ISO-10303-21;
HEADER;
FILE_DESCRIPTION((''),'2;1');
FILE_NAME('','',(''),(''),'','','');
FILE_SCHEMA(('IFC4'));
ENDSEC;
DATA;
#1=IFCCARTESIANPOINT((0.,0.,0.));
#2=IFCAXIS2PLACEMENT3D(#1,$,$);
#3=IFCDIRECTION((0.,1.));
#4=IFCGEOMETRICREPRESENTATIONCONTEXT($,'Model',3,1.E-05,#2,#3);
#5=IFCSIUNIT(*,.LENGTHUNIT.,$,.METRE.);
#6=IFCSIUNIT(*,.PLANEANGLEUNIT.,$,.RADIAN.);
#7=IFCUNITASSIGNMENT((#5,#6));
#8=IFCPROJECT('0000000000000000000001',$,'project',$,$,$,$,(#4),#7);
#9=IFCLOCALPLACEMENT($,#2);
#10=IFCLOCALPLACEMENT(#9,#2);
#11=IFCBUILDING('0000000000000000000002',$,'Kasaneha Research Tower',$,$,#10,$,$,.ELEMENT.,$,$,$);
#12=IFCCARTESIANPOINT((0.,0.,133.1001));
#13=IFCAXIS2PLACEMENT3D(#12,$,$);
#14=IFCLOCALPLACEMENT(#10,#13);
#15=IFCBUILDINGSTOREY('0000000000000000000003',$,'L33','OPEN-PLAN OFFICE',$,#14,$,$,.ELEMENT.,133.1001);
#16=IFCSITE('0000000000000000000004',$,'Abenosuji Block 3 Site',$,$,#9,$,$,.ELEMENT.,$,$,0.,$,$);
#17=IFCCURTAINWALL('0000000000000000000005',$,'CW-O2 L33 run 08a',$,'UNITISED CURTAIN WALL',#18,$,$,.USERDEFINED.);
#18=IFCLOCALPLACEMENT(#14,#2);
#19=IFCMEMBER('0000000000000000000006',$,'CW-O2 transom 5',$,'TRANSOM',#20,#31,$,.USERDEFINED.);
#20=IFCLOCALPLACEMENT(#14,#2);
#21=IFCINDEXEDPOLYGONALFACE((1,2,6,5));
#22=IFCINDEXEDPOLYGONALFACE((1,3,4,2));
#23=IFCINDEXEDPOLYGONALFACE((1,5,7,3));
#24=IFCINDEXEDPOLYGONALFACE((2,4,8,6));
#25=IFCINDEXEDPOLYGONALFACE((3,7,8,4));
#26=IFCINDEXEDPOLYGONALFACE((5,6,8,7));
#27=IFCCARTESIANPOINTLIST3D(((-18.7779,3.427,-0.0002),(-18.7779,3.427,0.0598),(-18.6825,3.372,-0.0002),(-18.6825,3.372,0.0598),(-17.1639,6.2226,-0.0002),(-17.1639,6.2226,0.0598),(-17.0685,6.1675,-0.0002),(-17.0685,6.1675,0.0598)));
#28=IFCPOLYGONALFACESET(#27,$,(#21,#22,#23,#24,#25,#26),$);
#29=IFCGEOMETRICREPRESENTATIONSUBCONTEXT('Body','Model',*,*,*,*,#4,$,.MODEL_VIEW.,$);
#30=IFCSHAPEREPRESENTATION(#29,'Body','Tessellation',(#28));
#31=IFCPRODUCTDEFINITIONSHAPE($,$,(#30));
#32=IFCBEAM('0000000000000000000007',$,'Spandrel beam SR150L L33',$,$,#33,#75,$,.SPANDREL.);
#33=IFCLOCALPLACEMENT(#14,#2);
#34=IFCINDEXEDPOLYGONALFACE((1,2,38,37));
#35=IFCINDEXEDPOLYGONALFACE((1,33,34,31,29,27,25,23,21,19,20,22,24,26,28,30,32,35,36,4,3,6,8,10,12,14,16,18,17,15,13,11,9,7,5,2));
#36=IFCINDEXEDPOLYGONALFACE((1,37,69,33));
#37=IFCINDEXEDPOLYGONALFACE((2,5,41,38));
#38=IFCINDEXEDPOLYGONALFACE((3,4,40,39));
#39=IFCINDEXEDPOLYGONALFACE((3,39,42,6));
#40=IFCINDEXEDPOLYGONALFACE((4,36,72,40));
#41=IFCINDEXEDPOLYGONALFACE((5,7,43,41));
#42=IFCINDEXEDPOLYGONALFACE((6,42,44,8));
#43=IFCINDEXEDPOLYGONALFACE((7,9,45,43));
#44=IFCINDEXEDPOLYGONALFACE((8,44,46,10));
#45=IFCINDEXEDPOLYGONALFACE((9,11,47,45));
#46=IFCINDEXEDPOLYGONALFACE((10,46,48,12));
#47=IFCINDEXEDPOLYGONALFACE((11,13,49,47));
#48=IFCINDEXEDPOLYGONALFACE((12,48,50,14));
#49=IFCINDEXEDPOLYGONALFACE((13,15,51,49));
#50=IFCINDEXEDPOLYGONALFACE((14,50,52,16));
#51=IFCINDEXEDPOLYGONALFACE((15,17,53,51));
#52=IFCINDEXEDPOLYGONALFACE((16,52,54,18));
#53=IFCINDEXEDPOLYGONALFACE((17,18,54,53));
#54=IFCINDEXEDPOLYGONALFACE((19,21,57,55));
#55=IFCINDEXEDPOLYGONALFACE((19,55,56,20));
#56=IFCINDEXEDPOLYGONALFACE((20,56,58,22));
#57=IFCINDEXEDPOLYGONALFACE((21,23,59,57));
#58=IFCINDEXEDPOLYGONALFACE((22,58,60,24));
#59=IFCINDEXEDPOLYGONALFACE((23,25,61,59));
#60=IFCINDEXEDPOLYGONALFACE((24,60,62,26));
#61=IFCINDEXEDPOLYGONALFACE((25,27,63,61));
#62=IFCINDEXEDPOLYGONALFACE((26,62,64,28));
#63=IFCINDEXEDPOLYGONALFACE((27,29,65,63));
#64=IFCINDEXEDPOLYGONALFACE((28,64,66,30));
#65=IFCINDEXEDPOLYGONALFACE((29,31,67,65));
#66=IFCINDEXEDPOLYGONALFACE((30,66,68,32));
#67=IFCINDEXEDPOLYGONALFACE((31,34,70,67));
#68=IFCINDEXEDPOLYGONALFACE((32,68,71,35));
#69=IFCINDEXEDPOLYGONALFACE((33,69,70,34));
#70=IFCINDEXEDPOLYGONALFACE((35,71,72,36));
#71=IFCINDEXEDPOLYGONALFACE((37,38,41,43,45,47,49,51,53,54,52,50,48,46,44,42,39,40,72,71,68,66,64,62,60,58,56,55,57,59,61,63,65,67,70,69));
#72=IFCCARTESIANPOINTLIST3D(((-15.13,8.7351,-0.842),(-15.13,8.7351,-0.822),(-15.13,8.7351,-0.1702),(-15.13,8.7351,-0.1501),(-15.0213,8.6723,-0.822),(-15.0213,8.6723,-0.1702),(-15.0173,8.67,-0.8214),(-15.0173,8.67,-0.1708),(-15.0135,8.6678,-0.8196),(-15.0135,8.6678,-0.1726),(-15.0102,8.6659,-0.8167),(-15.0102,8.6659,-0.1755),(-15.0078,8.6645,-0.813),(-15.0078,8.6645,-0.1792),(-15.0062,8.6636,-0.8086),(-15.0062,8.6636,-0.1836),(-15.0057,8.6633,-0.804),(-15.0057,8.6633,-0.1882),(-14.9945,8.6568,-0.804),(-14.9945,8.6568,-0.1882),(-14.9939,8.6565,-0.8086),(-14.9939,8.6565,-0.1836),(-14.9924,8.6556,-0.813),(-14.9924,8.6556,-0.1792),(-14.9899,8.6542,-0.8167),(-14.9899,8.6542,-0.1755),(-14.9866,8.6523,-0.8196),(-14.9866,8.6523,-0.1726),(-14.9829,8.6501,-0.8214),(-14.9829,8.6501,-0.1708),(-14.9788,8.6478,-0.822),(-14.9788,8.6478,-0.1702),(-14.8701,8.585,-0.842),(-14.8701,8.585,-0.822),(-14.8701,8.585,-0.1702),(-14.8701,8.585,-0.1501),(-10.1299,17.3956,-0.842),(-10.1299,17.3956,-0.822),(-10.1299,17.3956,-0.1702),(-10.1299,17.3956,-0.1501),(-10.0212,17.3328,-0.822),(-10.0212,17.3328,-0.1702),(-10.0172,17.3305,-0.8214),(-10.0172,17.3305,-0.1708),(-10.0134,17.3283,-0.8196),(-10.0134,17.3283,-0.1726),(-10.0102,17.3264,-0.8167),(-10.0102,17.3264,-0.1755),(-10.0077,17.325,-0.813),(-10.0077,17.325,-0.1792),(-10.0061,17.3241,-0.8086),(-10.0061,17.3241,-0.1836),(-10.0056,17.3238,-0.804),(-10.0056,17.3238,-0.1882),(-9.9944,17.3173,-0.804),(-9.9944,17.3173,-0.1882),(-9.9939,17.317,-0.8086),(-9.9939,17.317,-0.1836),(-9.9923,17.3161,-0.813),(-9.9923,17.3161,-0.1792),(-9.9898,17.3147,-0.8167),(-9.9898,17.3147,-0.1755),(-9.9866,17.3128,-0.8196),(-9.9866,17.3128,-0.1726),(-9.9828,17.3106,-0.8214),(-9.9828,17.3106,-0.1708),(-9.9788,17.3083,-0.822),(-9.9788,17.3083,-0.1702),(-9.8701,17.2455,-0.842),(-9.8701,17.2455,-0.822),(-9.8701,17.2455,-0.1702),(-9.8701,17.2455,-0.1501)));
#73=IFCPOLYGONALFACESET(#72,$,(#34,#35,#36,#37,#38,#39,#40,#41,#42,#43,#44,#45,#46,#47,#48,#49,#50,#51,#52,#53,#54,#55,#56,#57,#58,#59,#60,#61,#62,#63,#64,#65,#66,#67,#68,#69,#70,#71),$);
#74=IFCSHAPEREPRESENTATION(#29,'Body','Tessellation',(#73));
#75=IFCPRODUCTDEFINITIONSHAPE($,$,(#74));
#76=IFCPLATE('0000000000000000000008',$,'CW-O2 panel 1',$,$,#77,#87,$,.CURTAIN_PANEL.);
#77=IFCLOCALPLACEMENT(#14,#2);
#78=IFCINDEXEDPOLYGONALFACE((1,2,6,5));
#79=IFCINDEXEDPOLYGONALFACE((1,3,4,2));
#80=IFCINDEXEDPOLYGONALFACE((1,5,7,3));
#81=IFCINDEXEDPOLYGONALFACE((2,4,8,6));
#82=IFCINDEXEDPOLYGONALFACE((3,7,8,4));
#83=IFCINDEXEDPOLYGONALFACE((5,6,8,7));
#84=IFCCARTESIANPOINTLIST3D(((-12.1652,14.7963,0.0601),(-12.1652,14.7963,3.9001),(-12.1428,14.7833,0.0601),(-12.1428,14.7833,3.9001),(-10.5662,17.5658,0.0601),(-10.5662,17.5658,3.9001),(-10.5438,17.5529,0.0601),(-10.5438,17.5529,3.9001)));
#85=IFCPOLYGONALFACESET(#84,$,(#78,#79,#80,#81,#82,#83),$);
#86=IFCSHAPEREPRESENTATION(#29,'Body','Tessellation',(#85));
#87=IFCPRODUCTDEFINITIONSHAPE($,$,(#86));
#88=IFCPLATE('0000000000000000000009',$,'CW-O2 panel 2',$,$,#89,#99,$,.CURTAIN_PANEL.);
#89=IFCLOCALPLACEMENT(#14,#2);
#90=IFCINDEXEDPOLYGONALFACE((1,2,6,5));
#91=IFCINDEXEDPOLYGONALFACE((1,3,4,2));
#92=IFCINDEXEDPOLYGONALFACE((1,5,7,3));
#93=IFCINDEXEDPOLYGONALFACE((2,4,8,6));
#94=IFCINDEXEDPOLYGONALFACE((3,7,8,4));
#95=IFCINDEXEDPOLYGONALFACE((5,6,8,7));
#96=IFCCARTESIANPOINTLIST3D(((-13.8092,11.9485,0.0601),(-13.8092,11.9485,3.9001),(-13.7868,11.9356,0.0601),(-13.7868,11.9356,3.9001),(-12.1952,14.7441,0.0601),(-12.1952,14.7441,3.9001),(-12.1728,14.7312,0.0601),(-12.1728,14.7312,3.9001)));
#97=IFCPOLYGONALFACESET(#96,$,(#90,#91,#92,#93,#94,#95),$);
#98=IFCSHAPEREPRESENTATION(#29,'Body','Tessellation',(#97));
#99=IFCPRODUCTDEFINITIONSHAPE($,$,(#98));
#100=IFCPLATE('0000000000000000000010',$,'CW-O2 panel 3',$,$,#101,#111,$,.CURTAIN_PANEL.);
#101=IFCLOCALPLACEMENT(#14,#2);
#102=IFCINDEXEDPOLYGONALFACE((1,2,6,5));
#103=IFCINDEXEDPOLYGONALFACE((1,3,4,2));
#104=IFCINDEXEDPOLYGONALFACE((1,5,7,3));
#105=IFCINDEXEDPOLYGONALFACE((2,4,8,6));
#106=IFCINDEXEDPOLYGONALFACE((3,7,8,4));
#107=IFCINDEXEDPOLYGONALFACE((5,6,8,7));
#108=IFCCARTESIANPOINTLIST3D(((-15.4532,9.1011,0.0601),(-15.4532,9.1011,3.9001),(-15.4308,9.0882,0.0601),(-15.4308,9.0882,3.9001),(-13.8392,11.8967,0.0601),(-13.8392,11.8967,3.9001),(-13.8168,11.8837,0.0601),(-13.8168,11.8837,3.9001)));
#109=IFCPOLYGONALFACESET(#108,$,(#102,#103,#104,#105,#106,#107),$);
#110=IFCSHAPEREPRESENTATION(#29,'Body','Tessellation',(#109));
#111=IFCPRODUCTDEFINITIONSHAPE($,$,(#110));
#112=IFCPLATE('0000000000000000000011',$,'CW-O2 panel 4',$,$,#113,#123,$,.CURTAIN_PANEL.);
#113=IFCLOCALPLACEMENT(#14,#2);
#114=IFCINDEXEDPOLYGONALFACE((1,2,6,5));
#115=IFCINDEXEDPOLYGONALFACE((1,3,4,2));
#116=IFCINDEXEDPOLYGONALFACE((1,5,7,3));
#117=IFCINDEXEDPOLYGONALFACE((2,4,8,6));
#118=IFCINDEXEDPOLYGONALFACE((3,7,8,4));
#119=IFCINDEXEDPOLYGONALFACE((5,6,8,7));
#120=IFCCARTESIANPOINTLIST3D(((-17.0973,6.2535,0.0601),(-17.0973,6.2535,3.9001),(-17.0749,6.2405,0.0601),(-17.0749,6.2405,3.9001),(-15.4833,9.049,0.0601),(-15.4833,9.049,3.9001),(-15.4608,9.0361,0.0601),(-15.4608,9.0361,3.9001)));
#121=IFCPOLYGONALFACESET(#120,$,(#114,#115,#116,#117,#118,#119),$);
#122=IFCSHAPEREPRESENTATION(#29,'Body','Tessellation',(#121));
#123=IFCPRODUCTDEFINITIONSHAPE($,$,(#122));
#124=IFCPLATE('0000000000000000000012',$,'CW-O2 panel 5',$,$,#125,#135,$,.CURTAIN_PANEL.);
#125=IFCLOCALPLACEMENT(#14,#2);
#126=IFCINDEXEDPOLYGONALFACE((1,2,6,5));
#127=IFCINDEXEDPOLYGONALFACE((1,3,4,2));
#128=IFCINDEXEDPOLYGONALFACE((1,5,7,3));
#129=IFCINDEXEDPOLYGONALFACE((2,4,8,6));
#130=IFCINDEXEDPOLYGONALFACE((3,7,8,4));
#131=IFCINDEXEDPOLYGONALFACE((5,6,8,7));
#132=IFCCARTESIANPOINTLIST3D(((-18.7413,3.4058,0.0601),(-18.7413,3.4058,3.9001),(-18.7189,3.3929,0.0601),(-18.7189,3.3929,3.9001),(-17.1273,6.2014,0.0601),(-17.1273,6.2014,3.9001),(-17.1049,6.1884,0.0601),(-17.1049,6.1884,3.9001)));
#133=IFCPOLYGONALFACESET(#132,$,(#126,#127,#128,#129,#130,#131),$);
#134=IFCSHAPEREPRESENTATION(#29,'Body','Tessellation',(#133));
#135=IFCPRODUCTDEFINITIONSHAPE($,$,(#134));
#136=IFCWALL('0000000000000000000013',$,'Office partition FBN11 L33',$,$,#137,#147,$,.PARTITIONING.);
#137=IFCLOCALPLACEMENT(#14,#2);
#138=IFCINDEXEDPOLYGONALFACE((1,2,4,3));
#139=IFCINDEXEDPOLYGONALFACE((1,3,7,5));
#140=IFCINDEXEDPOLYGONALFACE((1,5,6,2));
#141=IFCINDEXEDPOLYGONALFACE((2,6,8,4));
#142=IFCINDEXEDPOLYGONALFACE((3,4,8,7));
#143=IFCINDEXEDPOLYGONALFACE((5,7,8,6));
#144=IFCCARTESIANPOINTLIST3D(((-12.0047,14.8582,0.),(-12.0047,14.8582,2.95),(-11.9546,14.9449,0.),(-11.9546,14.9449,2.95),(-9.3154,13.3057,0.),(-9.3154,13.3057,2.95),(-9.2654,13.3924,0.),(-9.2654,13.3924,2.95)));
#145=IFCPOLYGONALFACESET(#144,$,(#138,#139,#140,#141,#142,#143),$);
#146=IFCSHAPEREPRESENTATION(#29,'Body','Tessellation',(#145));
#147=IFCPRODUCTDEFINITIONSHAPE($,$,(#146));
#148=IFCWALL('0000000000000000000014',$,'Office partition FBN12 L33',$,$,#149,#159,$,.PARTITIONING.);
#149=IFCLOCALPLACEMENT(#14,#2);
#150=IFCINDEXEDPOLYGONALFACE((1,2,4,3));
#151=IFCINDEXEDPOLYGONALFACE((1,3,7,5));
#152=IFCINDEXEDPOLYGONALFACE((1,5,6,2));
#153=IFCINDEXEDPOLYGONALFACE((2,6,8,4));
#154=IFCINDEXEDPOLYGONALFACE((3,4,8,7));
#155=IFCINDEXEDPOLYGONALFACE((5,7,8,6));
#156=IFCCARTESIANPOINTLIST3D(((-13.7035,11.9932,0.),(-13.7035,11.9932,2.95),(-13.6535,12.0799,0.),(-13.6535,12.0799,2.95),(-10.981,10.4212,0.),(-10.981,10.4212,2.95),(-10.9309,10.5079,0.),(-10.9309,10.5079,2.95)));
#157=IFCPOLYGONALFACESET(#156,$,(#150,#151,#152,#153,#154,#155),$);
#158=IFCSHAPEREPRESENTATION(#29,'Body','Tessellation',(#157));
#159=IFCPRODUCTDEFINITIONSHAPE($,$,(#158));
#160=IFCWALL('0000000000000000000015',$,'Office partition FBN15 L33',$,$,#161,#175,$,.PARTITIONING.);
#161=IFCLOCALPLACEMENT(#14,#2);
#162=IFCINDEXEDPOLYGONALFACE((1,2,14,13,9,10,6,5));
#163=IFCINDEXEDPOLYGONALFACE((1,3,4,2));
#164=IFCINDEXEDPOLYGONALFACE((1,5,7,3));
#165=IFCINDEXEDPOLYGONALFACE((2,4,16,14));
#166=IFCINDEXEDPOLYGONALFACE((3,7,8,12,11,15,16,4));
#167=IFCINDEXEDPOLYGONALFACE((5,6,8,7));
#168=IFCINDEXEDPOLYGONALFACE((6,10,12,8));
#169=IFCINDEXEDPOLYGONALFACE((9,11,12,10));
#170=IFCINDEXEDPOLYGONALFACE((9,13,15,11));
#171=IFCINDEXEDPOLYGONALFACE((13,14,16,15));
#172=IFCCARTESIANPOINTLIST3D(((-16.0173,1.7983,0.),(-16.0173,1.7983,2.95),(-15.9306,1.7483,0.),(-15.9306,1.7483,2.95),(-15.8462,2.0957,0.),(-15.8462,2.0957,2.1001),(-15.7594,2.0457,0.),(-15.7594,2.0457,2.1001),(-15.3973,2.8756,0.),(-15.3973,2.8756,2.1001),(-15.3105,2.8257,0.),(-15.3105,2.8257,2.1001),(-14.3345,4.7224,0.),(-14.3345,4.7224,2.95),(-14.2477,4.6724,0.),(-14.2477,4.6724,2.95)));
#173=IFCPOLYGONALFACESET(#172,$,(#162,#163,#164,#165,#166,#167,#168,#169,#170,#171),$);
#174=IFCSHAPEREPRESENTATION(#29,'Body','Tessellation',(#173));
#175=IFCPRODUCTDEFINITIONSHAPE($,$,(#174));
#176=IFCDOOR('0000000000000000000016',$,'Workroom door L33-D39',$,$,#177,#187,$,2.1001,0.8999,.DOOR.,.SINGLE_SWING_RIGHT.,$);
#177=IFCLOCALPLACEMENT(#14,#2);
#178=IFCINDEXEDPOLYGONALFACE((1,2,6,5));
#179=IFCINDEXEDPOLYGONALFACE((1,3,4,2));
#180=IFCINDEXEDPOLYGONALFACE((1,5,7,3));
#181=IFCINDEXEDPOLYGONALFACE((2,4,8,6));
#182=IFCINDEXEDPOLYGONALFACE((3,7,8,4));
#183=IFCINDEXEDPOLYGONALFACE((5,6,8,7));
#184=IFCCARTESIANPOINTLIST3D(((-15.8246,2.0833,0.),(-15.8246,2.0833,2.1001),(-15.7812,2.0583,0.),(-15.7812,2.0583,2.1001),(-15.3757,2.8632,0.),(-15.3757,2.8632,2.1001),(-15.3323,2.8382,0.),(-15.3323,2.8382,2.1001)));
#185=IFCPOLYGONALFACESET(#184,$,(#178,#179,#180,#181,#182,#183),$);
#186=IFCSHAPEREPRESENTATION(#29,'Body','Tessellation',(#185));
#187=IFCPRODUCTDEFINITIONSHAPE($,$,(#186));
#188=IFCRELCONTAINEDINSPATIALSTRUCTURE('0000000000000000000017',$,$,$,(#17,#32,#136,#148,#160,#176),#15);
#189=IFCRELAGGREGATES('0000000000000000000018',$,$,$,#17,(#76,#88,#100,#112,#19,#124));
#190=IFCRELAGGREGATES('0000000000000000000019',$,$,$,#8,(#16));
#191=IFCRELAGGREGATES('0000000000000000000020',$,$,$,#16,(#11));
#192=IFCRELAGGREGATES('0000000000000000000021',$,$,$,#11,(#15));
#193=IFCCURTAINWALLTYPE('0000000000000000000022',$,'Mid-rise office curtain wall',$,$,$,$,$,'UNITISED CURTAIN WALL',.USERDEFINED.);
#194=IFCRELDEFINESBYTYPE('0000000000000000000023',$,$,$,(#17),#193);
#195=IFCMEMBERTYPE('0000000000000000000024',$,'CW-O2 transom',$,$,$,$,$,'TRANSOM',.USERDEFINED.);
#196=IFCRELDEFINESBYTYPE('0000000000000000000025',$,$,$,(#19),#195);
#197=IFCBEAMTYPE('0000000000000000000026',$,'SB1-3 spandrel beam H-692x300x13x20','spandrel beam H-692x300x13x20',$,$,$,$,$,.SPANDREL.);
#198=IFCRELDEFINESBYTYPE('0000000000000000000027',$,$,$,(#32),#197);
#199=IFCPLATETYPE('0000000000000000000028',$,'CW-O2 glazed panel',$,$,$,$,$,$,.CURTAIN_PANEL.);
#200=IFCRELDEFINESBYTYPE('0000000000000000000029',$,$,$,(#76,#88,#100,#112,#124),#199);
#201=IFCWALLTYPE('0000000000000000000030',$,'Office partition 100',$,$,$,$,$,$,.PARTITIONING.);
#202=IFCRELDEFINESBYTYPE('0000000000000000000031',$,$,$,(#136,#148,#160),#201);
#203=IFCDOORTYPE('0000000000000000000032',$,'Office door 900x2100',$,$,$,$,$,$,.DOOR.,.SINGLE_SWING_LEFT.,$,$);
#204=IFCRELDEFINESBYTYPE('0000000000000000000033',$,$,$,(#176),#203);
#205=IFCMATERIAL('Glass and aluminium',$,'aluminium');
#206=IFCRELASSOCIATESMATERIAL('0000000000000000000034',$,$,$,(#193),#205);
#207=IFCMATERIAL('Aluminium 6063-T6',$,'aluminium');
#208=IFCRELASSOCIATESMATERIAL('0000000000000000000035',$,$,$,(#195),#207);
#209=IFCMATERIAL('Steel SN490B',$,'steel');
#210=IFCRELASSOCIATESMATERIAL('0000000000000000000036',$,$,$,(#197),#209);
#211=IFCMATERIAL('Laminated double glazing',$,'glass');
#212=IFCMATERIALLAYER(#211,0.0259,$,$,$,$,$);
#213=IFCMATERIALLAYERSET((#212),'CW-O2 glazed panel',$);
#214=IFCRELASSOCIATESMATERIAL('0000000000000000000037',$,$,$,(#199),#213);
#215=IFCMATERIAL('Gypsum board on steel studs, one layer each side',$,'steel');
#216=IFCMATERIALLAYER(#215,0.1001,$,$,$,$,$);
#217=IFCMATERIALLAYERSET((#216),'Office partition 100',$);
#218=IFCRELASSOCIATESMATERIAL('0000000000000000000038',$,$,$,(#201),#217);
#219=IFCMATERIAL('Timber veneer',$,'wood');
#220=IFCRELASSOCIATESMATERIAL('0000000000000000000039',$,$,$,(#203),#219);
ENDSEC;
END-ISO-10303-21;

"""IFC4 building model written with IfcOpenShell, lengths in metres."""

from ifc_helpers import new_model, si_unit, direction, frame, frame_2d, origin, origin_2d, place, context, subcontext, project, spatial, rectangle, i_section, extrude, material, layer, layer_set, material_profile, profile_set, type_object, element, fill, aggregate, save


model = new_model("IFC4")

# Units and contexts
model_context = context("Model", 3, precision=1e-05, world=origin(), true_north=direction((0.0, 1.0)))
body_context = subcontext(model_context, "Body", "Model", "MODEL_VIEW")
ifc_project = project(units=[si_unit("LENGTHUNIT", "METRE"), si_unit("PLANEANGLEUNIT", "RADIAN")], contexts=[model_context])

# Site, building, storey
site_placement = place(None, origin())
site = spatial("IfcSite", under=ifc_project, at=site_placement, Name="Abenosuji Block 3 Site", CompositionType="ELEMENT", RefElevation=0.0)
building_placement = place(site_placement, origin())
building = spatial("IfcBuilding", under=site, at=building_placement, Name="Kasaneha Research Tower", CompositionType="ELEMENT")
storey_placement = place(building_placement, frame((0.0, 0.0, 133.1001)))
storey = spatial("IfcBuildingStorey", under=building, at=storey_placement, Name="L33", Description="OPEN-PLAN OFFICE", CompositionType="ELEMENT", Elevation=133.1001)

# Shared definitions
ifc_material_1 = material(Name="Glass and aluminium", Category="aluminium")
curtain_wall_type = type_object("IfcCurtainWallType", Name="Mid-rise office curtain wall", ElementType="UNITISED CURTAIN WALL", PredefinedType="USERDEFINED", material=ifc_material_1)

# Curtain wall, member
curtain_wall_1_placement = place(storey_placement, origin())
curtain_wall_1 = element("IfcCurtainWall", 1, at=curtain_wall_1_placement, inside=storey, type_object=curtain_wall_type, Name="CW-O2 L33 run 08a", ObjectType="UNITISED CURTAIN WALL", PredefinedType="USERDEFINED")
ifc_material_2 = material(Name="Aluminium 6063-T6", Category="aluminium")
ifc_material_profile_1 = material_profile(ifc_material_2, rectangle(XDim=0.1101, YDim=0.0601, at=origin_2d()), Name="CW-O2 transom 110x60")
ifc_profile_set_1 = profile_set([ifc_material_profile_1], Name="Aluminium 6063-T6")
member_type_1 = type_object("IfcMemberType", Name="CW-O2 transom", ElementType="TRANSOM", PredefinedType="USERDEFINED", material=ifc_profile_set_1)
member_1_placement = place(storey_placement, frame((-17.1162, 6.1951, 0.0298), z_axis=(-0.499987, -0.866033, 0.0), x_axis=(0.866033, -0.499987, 0.0)))
member_1 = element("IfcMember", 2, at=member_1_placement, type_object=member_type_1, Name="CW-O2 transom 5", ObjectType="TRANSOM", PredefinedType="USERDEFINED", context=body_context, shape_type="SweptSolid", body=[
    extrude(rectangle(XDim=0.1101, YDim=0.0601, at=origin_2d()), origin(), (0.0, 0.0, 1.0), 3.228),
])

# Beam
ifc_material_3 = material(Name="Steel SN490B", Category="steel")
ifc_material_profile_2 = material_profile(ifc_material_3, i_section(OverallWidth=0.3, OverallDepth=0.6919, WebThickness=0.0129, FlangeThickness=0.02, FilletRadius=0.0181, at=origin_2d()), Name="H-692x300x13x20")
ifc_profile_set_2 = profile_set([ifc_material_profile_2], Name="Steel SN490B")
beam_type = type_object("IfcBeamType", Name="SB1-3 spandrel beam H-692x300x13x20", Description="spandrel beam H-692x300x13x20", PredefinedType="SPANDREL", material=ifc_profile_set_2)
beam_placement = place(storey_placement, frame((-10.0, 17.3206, -0.4961), z_axis=(-0.499994, -0.866029, 0.0), x_axis=(0.866029, -0.499994, 0.0)))
element("IfcBeam", 3, at=beam_placement, inside=storey, type_object=beam_type, Name="Spandrel beam SR150L L33", PredefinedType="SPANDREL", context=body_context, shape_type="SweptSolid", body=[
    extrude(i_section(OverallWidth=0.3, OverallDepth=0.6919, WebThickness=0.0129, FlangeThickness=0.02, FilletRadius=0.0181, at=origin_2d()), origin(), (0.0, 0.0, 1.0), 10.0002),
])

# Plates
ifc_material_4 = material(Name="Laminated double glazing", Category="glass")
ifc_layer_1 = layer(ifc_material_4, 0.0259)
ifc_layer_set_1 = layer_set([ifc_layer_1], Name="CW-O2 glazed panel")
plate_type = type_object("IfcPlateType", Name="CW-O2 glazed panel", PredefinedType="CURTAIN_PANEL", material=ifc_layer_set_1)
plate_1_placement = place(storey_placement, frame((-11.3545, 16.1746, 0.0601), z_axis=(0.0, 0.0, 1.0), x_axis=(-0.5, -0.866025, 0.0)))
plate_1 = element("IfcPlate", 4, at=plate_1_placement, type_object=plate_type, Name="CW-O2 panel 1", PredefinedType="CURTAIN_PANEL", context=body_context, shape_type="SweptSolid", body=[
    extrude(rectangle(XDim=3.198, YDim=0.0259, at=origin_2d()), origin(), (0.0, 0.0, 1.0), 3.8401),
])
plate_2_placement = place(storey_placement, frame((-12.991, 13.3398, 0.0601), z_axis=(0.0, 0.0, 1.0), x_axis=(-0.5, -0.866025, 0.0)))
plate_2 = element("IfcPlate", 5, at=plate_2_placement, type_object=plate_type, Name="CW-O2 panel 2", PredefinedType="CURTAIN_PANEL", context=body_context, shape_type="SweptSolid", body=[
    extrude(rectangle(XDim=3.228, YDim=0.0259, at=origin_2d()), origin(), (0.0, 0.0, 1.0), 3.8401),
])
plate_3_placement = place(storey_placement, frame((-14.635, 10.4924, 0.0601), z_axis=(0.0, 0.0, 1.0), x_axis=(-0.5, -0.866025, 0.0)))
plate_3 = element("IfcPlate", 6, at=plate_3_placement, type_object=plate_type, Name="CW-O2 panel 3", PredefinedType="CURTAIN_PANEL", context=body_context, shape_type="SweptSolid", body=[
    extrude(rectangle(XDim=3.228, YDim=0.0259, at=origin_2d()), origin(), (0.0, 0.0, 1.0), 3.8401),
])
plate_4_placement = place(storey_placement, frame((-16.2791, 7.6448, 0.0601), z_axis=(0.0, 0.0, 1.0), x_axis=(-0.5, -0.866025, 0.0)))
plate_4 = element("IfcPlate", 7, at=plate_4_placement, type_object=plate_type, Name="CW-O2 panel 4", PredefinedType="CURTAIN_PANEL", context=body_context, shape_type="SweptSolid", body=[
    extrude(rectangle(XDim=3.228, YDim=0.0259, at=origin_2d()), origin(), (0.0, 0.0, 1.0), 3.8401),
])
plate_5_placement = place(storey_placement, frame((-17.9231, 4.7971, 0.0601), z_axis=(0.0, 0.0, 1.0), x_axis=(-0.5, -0.866025, 0.0)))
plate_5 = element("IfcPlate", 8, at=plate_5_placement, type_object=plate_type, Name="CW-O2 panel 5", PredefinedType="CURTAIN_PANEL", context=body_context, shape_type="SweptSolid", body=[
    extrude(rectangle(XDim=3.228, YDim=0.0259, at=origin_2d()), origin(), (0.0, 0.0, 1.0), 3.8401),
])
aggregate(curtain_wall_1, [plate_1, plate_2, plate_3, plate_4, member_1, plate_5])

# Walls
ifc_material_5 = material(Name="Gypsum board on steel studs, one layer each side", Category="steel")
ifc_layer_2 = layer(ifc_material_5, 0.1001)
ifc_layer_set_2 = layer_set([ifc_layer_2], Name="Office partition 100")
wall_type_1 = type_object("IfcWallType", Name="Office partition 100", PredefinedType="PARTITIONING", material=ifc_layer_set_2)
wall_1_placement = place(storey_placement, frame((-11.9797, 14.9016, 0.0), z_axis=(0.0, 0.0, 1.0), x_axis=(0.866043, -0.49997, 0.0)))
element("IfcWall", 9, at=wall_1_placement, inside=storey, type_object=wall_type_1, Name="Office partition FBN11 L33", PredefinedType="PARTITIONING", context=body_context, shape_type="SweptSolid", body=[
    extrude(rectangle(XDim=3.1052, YDim=0.1001, at=frame_2d((1.5527, 0.0))), origin(), (0.0, 0.0, 1.0), 2.95),
])
wall_2_placement = place(storey_placement, frame((-10.9561, 10.4646, 0.0), z_axis=(0.0, 0.0, 1.0), x_axis=(-0.866012, 0.500023, 0.0)))
element("IfcWall", 10, at=wall_2_placement, inside=storey, type_object=wall_type_1, Name="Office partition FBN12 L33", PredefinedType="PARTITIONING", context=body_context, shape_type="SweptSolid", body=[
    extrude(rectangle(XDim=3.1438, YDim=0.1001, at=frame_2d((1.5718, 0.0))), origin(), (0.0, 0.0, 1.0), 2.95),
])

# Wall, opening, door
wall_3_placement = place(storey_placement, frame((-14.291, 4.6975, 0.0), z_axis=(0.0, 0.0, 1.0), x_axis=(-0.49881, -0.866712, 0.0)))
wall_3 = element("IfcWall", 11, at=wall_3_placement, inside=storey, type_object=wall_type_1, Name="Office partition FBN15 L33", PredefinedType="PARTITIONING", context=body_context, shape_type="SweptSolid", body=[
    extrude(rectangle(XDim=3.3738, YDim=0.1001, at=frame_2d((1.687, 0.0))), origin(), (0.0, 0.0, 1.0), 2.95),
])
opening_1_placement = place(wall_3_placement, frame((2.1309, 0.0, 0.0)))
opening_1 = element("IfcOpeningElement", 12, at=opening_1_placement, cuts=wall_3, PredefinedType="OPENING", context=body_context, shape_type="SweptSolid", body=[
    extrude(rectangle(XDim=0.8999, YDim=2.1001, at=frame_2d((0.45, 1.05))), frame((0.0, 0.0601, 0.0), z_axis=(0.0, -1.0, 0.0), x_axis=(1.0, 0.0, 0.0)), (0.0, 0.0, 1.0), 0.1201),
])
ifc_material_6 = material(Name="Timber veneer", Category="wood")
door_type_1 = type_object("IfcDoorType", Name="Office door 900x2100", OperationType="SINGLE_SWING_LEFT", PredefinedType="DOOR", material=ifc_material_6)
door_1_placement = place(opening_1_placement, origin())
door_1 = element("IfcDoor", 13, at=door_1_placement, inside=storey, type_object=door_type_1, Name="Workroom door L33-D39", OperationType="SINGLE_SWING_RIGHT", OverallHeight=2.1001, OverallWidth=0.8999, PredefinedType="DOOR", context=body_context, shape_type="SweptSolid", body=[
    extrude(rectangle(XDim=0.8999, YDim=2.1001, at=frame_2d((0.45, 1.05))), frame((0.0, 0.0249, 0.0), z_axis=(0.0, -1.0, 0.0), x_axis=(1.0, 0.0, 0.0)), (0.0, 0.0, 1.0), 0.05),
])
fill(opening_1, door_1)

save(model, "model.ifc")
